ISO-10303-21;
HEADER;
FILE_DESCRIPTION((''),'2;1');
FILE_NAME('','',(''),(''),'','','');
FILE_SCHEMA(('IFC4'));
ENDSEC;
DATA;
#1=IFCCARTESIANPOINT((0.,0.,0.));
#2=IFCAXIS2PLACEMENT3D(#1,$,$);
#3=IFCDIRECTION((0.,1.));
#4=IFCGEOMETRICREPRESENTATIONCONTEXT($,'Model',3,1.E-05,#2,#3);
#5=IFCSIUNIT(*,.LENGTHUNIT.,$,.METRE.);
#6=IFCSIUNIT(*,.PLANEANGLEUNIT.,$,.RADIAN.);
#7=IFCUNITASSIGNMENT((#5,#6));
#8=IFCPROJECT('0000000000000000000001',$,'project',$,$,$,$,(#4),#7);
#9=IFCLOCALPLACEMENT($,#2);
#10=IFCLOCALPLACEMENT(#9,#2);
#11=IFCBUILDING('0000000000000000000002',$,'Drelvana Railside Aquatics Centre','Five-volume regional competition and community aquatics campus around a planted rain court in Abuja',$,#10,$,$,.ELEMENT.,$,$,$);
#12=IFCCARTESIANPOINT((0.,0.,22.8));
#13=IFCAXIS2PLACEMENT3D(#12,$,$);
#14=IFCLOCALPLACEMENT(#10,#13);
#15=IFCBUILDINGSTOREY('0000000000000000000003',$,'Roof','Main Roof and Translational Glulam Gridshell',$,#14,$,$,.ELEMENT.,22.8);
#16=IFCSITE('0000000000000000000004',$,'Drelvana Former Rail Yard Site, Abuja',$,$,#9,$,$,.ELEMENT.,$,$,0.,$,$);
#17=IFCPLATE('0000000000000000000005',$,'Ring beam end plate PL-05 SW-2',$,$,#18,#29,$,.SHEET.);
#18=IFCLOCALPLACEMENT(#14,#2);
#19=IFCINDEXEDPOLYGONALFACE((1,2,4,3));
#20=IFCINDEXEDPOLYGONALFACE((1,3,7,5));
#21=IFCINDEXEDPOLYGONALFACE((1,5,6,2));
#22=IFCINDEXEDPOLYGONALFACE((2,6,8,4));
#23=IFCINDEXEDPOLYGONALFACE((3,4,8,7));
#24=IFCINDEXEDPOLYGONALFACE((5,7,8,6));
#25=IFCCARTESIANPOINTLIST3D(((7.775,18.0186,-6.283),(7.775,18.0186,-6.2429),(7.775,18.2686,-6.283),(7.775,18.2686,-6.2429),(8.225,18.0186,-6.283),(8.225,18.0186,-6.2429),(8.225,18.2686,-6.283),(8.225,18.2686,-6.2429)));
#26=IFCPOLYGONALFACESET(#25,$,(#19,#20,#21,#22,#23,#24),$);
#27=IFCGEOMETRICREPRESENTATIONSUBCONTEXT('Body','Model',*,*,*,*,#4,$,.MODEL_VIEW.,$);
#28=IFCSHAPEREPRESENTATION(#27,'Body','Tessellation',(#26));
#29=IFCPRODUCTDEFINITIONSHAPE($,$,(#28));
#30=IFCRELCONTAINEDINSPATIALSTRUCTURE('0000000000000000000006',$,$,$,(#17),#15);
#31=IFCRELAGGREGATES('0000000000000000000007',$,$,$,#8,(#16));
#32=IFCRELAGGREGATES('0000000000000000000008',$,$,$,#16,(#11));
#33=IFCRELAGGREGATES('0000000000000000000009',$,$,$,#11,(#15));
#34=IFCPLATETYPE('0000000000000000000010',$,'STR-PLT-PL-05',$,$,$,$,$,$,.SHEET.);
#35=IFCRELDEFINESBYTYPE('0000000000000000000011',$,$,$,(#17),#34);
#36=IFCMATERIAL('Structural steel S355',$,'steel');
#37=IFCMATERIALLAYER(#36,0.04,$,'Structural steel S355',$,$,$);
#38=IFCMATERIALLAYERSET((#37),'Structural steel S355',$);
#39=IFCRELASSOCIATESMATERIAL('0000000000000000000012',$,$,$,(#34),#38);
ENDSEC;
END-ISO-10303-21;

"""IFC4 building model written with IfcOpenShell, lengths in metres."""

from ifc_helpers import new_model, si_unit, direction, frame, origin, origin_2d, place, context, subcontext, project, spatial, rectangle, extrude, material, layer, layer_set, type_object, element, save


model = new_model("IFC4")

# Units and contexts
model_context = context("Model", 3, precision=1e-05, world=origin(), true_north=direction((0.0, 1.0)))
body_context = subcontext(model_context, "Body", "Model", "MODEL_VIEW")
ifc_project = project(units=[si_unit("LENGTHUNIT", "METRE"), si_unit("PLANEANGLEUNIT", "RADIAN")], contexts=[model_context])

# Site, building, storey
site_placement = place(None, origin())
site = spatial("IfcSite", under=ifc_project, at=site_placement, Name="Drelvana Former Rail Yard Site, Abuja", CompositionType="ELEMENT", RefElevation=0.0)
building_placement = place(site_placement, origin())
building = spatial("IfcBuilding", under=site, at=building_placement, Name="Drelvana Railside Aquatics Centre", Description="Five-volume regional competition and community aquatics campus around a planted rain court in Abuja", CompositionType="ELEMENT")
storey_placement = place(building_placement, frame((0.0, 0.0, 22.8)))
storey = spatial("IfcBuildingStorey", under=building, at=storey_placement, Name="Roof", Description="Main Roof and Translational Glulam Gridshell", CompositionType="ELEMENT", Elevation=22.8)

# Shared definitions
ifc_material_1 = material(Name="Structural steel S355", Category="steel")

# Plate
ifc_layer_1 = layer(ifc_material_1, 0.04, Name="Structural steel S355")
ifc_layer_set_1 = layer_set([ifc_layer_1], Name="Structural steel S355")
plate_type_1 = type_object("IfcPlateType", Name="STR-PLT-PL-05", PredefinedType="SHEET", material=ifc_layer_set_1)
for number, where, z_axis, x_axis, name in (
    (1, (8.0, 18.1436, -6.283), (0.0, 0.0, 1.0), (1.0, 0.0, 0.0), "Ring beam end plate PL-05 SW-2"),
):
    element("IfcPlate", number, at=place(storey_placement, frame(where, z_axis=z_axis, x_axis=x_axis)), inside=storey, type_object=plate_type_1, Name=name, PredefinedType="SHEET", context=body_context, shape_type="SweptSolid", body=[
        extrude(rectangle(XDim=0.45, YDim=0.25, at=origin_2d()), origin(), (0.0, 0.0, 1.0), 0.04),
    ])

save(model, "model.ifc")
